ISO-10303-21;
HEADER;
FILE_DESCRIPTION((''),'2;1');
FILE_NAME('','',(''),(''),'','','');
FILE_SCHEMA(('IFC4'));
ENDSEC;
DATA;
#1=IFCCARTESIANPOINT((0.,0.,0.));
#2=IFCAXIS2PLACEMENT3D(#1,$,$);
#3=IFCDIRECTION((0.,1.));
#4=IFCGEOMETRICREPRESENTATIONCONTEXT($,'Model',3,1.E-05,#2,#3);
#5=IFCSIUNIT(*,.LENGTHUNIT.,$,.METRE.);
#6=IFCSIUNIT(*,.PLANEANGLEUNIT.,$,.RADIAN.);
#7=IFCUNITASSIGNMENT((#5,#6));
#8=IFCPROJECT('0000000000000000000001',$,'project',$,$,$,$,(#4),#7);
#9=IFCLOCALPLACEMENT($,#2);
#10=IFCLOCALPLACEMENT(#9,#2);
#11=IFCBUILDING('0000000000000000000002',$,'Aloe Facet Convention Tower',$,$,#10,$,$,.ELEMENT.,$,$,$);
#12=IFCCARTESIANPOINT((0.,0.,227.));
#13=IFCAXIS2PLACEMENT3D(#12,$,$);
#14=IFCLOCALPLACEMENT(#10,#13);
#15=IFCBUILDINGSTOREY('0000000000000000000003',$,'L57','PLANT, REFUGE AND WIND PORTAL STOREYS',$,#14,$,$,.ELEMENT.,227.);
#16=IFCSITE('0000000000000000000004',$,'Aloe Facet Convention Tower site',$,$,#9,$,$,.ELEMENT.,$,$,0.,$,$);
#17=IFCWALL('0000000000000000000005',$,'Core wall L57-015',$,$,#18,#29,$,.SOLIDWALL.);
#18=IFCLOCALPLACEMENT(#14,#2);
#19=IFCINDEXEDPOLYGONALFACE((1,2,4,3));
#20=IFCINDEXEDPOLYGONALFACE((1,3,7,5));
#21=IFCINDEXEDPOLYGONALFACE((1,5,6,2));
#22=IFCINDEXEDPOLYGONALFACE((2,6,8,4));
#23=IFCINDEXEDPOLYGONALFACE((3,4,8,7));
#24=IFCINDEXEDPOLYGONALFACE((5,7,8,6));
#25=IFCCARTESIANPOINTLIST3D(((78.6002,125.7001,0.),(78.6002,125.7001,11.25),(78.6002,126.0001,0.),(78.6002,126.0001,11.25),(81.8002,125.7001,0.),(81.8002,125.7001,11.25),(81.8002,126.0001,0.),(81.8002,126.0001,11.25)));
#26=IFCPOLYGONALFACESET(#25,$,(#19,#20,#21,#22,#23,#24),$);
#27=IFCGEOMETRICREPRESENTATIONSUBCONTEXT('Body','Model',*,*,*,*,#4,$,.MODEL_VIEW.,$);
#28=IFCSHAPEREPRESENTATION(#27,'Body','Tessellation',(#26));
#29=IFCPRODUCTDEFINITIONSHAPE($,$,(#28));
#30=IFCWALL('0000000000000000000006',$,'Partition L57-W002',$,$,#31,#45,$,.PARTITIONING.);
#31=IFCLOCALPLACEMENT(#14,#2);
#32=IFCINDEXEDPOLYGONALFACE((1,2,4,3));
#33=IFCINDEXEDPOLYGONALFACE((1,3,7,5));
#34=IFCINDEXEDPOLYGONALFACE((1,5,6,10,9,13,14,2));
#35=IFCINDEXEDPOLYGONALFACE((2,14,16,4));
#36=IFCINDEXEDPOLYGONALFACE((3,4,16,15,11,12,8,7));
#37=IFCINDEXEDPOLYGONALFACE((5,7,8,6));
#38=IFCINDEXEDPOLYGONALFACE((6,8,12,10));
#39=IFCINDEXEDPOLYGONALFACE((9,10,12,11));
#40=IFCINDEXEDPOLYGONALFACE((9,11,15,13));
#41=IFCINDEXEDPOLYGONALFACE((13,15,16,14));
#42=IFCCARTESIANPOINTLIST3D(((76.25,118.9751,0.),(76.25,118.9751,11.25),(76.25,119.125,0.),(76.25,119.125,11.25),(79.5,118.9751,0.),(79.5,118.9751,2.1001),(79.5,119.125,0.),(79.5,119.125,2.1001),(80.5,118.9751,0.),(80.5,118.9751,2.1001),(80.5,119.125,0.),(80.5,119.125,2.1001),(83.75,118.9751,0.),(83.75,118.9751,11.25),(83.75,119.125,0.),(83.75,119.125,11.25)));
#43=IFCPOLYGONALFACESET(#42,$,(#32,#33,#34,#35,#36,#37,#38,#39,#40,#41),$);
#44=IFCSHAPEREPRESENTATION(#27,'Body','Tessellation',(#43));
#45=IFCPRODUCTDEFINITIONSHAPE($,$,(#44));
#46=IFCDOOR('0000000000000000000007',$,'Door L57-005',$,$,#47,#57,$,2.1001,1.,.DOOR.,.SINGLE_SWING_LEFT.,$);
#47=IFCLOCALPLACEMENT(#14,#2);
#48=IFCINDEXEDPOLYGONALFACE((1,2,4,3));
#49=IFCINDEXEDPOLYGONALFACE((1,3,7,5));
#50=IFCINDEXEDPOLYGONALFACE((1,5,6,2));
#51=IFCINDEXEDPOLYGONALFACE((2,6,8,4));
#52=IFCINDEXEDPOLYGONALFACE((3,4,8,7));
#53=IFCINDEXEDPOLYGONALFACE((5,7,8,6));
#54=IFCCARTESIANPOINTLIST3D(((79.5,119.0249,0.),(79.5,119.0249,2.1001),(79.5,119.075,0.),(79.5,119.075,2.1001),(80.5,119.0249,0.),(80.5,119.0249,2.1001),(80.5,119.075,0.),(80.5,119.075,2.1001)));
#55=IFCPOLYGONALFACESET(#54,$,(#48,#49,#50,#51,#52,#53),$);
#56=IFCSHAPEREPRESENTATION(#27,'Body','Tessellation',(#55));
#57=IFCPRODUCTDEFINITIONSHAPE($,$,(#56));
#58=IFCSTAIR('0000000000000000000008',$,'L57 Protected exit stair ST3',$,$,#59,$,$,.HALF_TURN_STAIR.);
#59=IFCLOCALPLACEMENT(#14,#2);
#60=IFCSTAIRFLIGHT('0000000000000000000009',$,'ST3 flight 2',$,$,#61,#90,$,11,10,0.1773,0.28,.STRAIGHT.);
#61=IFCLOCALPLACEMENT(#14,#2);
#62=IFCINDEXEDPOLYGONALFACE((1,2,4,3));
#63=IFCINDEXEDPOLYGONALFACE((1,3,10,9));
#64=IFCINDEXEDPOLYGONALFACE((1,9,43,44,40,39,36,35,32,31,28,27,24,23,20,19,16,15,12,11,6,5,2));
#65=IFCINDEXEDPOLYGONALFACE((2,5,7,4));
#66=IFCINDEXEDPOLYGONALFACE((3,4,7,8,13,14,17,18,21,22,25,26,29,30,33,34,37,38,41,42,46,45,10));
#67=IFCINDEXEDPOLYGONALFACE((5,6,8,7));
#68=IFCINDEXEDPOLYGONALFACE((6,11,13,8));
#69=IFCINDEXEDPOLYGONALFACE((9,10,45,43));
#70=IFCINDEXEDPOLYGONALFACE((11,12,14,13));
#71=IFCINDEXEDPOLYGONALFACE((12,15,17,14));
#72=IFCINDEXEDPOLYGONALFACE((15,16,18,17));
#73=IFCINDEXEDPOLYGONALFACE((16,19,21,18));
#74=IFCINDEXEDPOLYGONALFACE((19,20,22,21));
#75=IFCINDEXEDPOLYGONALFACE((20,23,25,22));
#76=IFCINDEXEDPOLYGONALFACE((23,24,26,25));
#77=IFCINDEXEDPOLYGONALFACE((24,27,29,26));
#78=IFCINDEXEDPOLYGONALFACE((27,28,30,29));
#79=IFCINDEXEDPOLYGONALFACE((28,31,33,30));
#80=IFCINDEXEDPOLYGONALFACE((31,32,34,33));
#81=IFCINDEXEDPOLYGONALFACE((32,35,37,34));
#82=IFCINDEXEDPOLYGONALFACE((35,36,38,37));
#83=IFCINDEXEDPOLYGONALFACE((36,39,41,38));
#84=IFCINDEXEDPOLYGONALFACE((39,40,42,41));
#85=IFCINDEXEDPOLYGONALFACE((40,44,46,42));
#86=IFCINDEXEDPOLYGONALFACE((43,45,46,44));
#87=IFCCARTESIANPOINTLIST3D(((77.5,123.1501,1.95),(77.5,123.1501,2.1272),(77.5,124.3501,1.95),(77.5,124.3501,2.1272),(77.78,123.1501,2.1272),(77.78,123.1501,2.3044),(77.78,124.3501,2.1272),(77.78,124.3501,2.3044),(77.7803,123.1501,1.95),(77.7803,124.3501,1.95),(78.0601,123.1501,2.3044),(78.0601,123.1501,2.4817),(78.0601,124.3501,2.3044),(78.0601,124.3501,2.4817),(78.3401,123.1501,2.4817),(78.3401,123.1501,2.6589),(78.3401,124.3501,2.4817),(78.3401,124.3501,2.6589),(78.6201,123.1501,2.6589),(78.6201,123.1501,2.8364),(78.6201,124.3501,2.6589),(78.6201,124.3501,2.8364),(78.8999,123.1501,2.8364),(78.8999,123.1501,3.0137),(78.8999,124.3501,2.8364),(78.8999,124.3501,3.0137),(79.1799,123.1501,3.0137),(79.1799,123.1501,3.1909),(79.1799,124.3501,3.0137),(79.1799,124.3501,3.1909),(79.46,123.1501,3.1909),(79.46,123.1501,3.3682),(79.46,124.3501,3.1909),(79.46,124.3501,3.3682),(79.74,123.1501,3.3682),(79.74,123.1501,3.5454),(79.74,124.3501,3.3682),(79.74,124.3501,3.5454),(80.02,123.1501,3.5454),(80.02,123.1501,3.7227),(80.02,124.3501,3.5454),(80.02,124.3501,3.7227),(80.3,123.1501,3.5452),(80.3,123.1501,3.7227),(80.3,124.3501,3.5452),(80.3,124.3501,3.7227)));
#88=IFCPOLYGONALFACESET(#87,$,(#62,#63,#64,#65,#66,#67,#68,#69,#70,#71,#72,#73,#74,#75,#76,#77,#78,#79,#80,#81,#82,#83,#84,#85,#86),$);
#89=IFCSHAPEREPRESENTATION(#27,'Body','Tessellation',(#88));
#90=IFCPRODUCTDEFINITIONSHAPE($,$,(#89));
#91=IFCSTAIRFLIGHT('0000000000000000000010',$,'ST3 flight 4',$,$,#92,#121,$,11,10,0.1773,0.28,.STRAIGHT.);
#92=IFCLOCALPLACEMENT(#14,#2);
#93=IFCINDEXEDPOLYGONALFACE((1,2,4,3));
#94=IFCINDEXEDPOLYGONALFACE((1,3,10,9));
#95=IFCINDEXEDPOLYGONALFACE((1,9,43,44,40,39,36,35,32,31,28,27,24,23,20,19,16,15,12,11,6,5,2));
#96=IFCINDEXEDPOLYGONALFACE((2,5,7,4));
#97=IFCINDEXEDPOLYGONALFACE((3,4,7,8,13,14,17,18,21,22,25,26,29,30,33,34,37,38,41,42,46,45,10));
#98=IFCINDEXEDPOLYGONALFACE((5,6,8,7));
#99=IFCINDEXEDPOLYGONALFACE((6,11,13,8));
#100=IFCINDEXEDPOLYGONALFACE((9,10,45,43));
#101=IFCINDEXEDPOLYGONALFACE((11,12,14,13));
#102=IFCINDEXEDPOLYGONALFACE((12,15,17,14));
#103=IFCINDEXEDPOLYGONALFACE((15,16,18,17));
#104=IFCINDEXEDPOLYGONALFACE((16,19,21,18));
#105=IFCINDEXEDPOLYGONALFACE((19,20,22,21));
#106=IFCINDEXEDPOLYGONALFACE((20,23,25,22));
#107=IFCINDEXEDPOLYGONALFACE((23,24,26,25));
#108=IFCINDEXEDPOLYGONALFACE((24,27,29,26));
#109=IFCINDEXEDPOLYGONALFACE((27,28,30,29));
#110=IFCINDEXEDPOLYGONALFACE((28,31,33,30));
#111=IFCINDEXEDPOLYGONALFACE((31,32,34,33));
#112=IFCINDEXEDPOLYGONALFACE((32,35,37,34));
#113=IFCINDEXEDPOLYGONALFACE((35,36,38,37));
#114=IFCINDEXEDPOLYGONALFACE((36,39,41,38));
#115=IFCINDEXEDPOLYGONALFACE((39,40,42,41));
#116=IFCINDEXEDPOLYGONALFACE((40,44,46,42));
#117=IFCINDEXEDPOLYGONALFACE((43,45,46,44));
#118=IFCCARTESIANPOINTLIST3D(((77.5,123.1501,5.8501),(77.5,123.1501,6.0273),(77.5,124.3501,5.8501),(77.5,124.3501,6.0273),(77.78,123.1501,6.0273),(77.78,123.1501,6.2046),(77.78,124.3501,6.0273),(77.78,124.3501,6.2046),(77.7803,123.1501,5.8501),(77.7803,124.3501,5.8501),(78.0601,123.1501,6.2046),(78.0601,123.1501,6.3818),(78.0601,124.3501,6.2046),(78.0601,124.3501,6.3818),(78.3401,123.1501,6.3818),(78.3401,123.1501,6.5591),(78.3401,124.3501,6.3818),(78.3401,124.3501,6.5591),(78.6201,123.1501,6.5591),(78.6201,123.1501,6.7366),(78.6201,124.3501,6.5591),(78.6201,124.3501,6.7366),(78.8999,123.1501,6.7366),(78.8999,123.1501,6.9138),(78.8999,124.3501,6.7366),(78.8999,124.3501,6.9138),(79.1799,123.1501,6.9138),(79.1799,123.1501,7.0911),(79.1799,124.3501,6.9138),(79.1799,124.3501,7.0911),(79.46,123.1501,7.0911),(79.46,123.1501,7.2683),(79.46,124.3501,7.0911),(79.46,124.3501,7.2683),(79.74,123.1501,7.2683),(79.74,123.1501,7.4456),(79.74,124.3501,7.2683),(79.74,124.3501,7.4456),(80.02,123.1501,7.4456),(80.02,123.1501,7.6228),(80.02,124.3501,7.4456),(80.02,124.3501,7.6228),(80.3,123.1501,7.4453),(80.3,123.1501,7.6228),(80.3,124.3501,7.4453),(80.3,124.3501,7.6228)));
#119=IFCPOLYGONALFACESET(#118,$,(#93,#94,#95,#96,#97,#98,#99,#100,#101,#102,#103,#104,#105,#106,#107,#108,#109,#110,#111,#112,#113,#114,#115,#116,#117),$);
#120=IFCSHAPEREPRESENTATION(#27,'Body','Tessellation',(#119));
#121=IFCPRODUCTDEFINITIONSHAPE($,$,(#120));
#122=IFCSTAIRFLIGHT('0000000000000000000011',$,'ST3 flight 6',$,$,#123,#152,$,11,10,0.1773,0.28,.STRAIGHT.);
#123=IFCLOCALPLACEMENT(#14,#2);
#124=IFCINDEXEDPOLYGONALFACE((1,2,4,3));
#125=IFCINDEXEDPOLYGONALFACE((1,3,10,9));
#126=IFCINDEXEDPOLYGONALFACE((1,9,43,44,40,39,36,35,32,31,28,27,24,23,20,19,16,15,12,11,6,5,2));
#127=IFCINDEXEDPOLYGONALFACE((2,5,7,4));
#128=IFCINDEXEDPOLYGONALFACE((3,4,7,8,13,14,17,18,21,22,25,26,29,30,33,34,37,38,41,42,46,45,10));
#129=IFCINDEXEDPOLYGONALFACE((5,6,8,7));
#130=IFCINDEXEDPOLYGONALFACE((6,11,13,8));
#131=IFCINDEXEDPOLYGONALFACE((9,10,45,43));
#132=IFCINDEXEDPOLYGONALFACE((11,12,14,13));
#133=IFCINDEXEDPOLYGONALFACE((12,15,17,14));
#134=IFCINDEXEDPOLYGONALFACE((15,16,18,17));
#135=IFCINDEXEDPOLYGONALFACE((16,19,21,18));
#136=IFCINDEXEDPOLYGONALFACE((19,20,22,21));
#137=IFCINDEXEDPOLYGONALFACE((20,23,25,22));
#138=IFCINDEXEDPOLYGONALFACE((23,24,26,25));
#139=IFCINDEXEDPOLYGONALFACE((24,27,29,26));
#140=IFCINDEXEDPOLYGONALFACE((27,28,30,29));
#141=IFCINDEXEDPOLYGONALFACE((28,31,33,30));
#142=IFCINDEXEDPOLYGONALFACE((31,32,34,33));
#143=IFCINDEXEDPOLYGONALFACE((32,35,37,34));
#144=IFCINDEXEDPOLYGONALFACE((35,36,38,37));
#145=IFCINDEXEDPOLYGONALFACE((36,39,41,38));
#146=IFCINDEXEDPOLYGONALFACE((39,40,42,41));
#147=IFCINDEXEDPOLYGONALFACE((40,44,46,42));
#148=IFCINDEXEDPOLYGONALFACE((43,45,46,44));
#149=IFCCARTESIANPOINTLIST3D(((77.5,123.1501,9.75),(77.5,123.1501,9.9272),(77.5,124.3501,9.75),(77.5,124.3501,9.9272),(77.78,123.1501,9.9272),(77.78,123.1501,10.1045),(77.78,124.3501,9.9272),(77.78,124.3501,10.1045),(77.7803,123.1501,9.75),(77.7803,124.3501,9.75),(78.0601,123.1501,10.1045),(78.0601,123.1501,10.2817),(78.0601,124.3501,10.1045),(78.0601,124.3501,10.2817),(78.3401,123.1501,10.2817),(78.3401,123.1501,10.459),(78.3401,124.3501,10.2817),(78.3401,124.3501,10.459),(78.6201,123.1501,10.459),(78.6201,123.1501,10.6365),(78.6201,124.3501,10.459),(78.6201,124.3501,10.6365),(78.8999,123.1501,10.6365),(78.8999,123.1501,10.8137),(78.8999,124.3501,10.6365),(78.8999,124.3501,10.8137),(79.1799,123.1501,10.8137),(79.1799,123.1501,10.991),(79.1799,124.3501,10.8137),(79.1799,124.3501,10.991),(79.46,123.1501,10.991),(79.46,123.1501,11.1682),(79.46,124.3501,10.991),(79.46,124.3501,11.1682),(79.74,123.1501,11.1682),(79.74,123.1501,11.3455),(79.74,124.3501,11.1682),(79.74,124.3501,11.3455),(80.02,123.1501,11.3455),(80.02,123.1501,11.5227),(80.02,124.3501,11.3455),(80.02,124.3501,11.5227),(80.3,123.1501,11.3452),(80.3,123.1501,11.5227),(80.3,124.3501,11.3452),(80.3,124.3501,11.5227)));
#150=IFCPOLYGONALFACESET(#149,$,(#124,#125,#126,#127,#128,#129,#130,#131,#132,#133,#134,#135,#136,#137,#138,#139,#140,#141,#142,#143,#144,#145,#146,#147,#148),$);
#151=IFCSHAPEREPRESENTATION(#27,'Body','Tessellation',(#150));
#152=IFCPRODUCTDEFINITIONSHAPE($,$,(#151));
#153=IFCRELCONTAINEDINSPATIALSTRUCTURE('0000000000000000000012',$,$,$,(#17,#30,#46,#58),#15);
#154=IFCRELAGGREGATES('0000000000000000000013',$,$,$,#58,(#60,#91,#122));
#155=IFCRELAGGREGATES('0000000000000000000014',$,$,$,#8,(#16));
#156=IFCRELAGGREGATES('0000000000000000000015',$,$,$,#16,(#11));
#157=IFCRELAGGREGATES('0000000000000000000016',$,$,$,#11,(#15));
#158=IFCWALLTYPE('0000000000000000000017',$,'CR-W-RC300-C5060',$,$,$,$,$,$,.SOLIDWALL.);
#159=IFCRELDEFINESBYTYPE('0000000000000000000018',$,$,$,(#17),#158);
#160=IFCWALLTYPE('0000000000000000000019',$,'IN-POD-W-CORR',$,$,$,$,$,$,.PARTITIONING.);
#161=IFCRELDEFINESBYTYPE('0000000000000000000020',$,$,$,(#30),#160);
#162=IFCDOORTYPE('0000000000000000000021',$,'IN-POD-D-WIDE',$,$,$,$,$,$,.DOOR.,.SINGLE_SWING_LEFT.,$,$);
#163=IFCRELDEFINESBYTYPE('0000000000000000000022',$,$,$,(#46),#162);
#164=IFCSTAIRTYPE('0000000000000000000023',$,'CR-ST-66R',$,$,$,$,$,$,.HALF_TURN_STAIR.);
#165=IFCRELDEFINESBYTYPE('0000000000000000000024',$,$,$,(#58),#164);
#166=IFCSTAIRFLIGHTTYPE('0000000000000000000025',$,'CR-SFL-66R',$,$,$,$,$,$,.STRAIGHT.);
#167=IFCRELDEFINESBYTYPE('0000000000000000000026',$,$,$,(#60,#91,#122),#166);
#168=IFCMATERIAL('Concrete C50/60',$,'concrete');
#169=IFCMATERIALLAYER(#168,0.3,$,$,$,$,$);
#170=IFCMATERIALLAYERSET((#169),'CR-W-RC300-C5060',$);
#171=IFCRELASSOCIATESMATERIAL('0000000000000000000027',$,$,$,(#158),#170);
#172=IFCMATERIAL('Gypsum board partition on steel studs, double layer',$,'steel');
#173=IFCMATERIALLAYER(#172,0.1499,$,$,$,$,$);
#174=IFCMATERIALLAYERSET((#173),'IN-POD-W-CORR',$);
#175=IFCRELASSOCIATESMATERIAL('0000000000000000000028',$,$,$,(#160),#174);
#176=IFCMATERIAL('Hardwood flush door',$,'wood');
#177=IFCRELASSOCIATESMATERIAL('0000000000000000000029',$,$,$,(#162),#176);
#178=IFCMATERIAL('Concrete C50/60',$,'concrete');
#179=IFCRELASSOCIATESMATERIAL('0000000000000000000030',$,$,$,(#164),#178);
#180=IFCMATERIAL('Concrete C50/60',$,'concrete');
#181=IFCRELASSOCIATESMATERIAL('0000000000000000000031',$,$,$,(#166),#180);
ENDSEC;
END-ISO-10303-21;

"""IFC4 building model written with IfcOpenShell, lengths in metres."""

from ifc_helpers import new_model, si_unit, direction, frame, frame_2d, origin, place, context, subcontext, project, spatial, polyline, rectangle, outline, extrude, material, layer, layer_set, type_object, element, fill, aggregate, save


model = new_model("IFC4")

# Units and contexts
model_context = context("Model", 3, precision=1e-05, world=origin(), true_north=direction((0.0, 1.0)))
body_context = subcontext(model_context, "Body", "Model", "MODEL_VIEW")
ifc_project = project(units=[si_unit("LENGTHUNIT", "METRE"), si_unit("PLANEANGLEUNIT", "RADIAN")], contexts=[model_context])

# Site, building, storey
site_placement = place(None, origin())
site = spatial("IfcSite", under=ifc_project, at=site_placement, Name="Aloe Facet Convention Tower site", CompositionType="ELEMENT", RefElevation=0.0)
building_placement = place(site_placement, origin())
building = spatial("IfcBuilding", under=site, at=building_placement, Name="Aloe Facet Convention Tower", CompositionType="ELEMENT")
storey_placement = place(building_placement, frame((0.0, 0.0, 227.0)))
storey = spatial("IfcBuildingStorey", under=building, at=storey_placement, Name="L57", Description="PLANT, REFUGE AND WIND PORTAL STOREYS", CompositionType="ELEMENT", Elevation=227.0)

# Wall
ifc_material_1 = material(Name="Concrete C50/60", Category="concrete")
ifc_layer_1 = layer(ifc_material_1, 0.3)
ifc_layer_set_1 = layer_set([ifc_layer_1], Name="CR-W-RC300-C5060")
wall_type_1 = type_object("IfcWallType", Name="CR-W-RC300-C5060", PredefinedType="SOLIDWALL", material=ifc_layer_set_1)
wall_1_placement = place(storey_placement, frame((78.6001, 125.8501, 0.0), z_axis=(0.0, 0.0, 1.0), x_axis=(1.0, 0.0, 0.0)))
element("IfcWall", 1, at=wall_1_placement, inside=storey, type_object=wall_type_1, Name="Core wall L57-015", PredefinedType="SOLIDWALL", context=body_context, shape_type="SweptSolid", body=[
    extrude(rectangle(XDim=3.2, YDim=0.3, at=frame_2d((1.6001, 0.0))), origin(), (0.0, 0.0, 1.0), 11.25),
])

# Wall, opening, door
ifc_material_2 = material(Name="Gypsum board partition on steel studs, double layer", Category="steel")
ifc_layer_2 = layer(ifc_material_2, 0.1499)
ifc_layer_set_2 = layer_set([ifc_layer_2], Name="IN-POD-W-CORR")
wall_type_2 = type_object("IfcWallType", Name="IN-POD-W-CORR", PredefinedType="PARTITIONING", material=ifc_layer_set_2)
wall_2_placement = place(storey_placement, frame((76.25, 119.05, 0.0), z_axis=(0.0, 0.0, 1.0), x_axis=(1.0, 0.0, 0.0)))
wall_2 = element("IfcWall", 2, at=wall_2_placement, inside=storey, type_object=wall_type_2, Name="Partition L57-W002", PredefinedType="PARTITIONING", context=body_context, shape_type="SweptSolid", body=[
    extrude(rectangle(XDim=7.5, YDim=0.1499, at=frame_2d((3.75, 0.0))), origin(), (0.0, 0.0, 1.0), 11.25),
])
opening_placement = place(wall_2_placement, frame((3.25, 0.0, 0.0)))
opening = element("IfcOpeningElement", 3, at=opening_placement, cuts=wall_2, PredefinedType="OPENING", context=body_context, shape_type="SweptSolid", body=[
    extrude(rectangle(XDim=1.0, YDim=2.1001, at=frame_2d((0.5, 1.05))), frame((0.0, 0.085, 0.0), z_axis=(0.0, -1.0, 0.0), x_axis=(1.0, 0.0, 0.0)), (0.0, 0.0, 1.0), 0.1699),
])
ifc_material_3 = material(Name="Hardwood flush door", Category="wood")
door_type = type_object("IfcDoorType", Name="IN-POD-D-WIDE", OperationType="SINGLE_SWING_LEFT", PredefinedType="DOOR", material=ifc_material_3)
door_placement = place(opening_placement, origin())
door = element("IfcDoor", 4, at=door_placement, inside=storey, type_object=door_type, Name="Door L57-005", OperationType="SINGLE_SWING_LEFT", OverallHeight=2.1001, OverallWidth=1.0, PredefinedType="DOOR", context=body_context, shape_type="SweptSolid", body=[
    extrude(rectangle(XDim=1.0, YDim=2.1001, at=frame_2d((0.5, 1.05))), frame((0.0, 0.0249, 0.0), z_axis=(0.0, -1.0, 0.0), x_axis=(1.0, 0.0, 0.0)), (0.0, 0.0, 1.0), 0.05),
])
fill(opening, door)

# Stair, stair flights
ifc_material_4 = material(Name="Concrete C50/60", Category="concrete")
stair_type = type_object("IfcStairType", Name="CR-ST-66R", PredefinedType="HALF_TURN_STAIR", material=ifc_material_4)
stair_placement = place(storey_placement, origin())
stair = element("IfcStair", 5, at=stair_placement, inside=storey, type_object=stair_type, Name="L57 Protected exit stair ST3", PredefinedType="HALF_TURN_STAIR")
ifc_material_5 = material(Name="Concrete C50/60", Category="concrete")
stair_flight_type = type_object("IfcStairFlightType", Name="CR-SFL-66R", PredefinedType="STRAIGHT", material=ifc_material_5)
stair_flight_1_placement = place(storey_placement, frame((77.5, 123.75, 1.95), z_axis=(0.0, 0.0, 1.0), x_axis=(1.0, 0.0, 0.0)))
stair_flight_1 = element("IfcStairFlight", 6, at=stair_flight_1_placement, type_object=stair_flight_type, Name="ST3 flight 2", NumberOfRisers=11, NumberOfTreads=10, PredefinedType="STRAIGHT", RiserHeight=0.1773, TreadLength=0.28, context=body_context, shape_type="SweptSolid", body=[
    extrude(outline(polyline([(0.0, 0.0), (0.0, 0.1772), (0.28, 0.1772), (0.28, 0.3545), (0.5601, 0.3545), (0.5601, 0.5317), (0.8401, 0.5317), (0.8401, 0.709), (1.1201, 0.709), (1.1201, 0.8865), (1.3999, 0.8865), (1.3999, 1.0637), (1.6799, 1.0637), (1.6799, 1.241), (1.96, 1.241), (1.96, 1.4182), (2.24, 1.4182), (2.24, 1.5955), (2.52, 1.5955), (2.52, 1.7727), (2.8, 1.7727), (2.8, 1.95), (2.8, 1.5952), (0.2803, 0.0), (0.0, 0.0)])), frame((0.0, 0.6001, 0.0), z_axis=(0.0, -1.0, 0.0), x_axis=(1.0, 0.0, 0.0)), (0.0, 0.0, 1.0), 1.2),
])
stair_flight_2_placement = place(storey_placement, frame((77.5, 123.75, 5.8501), z_axis=(0.0, 0.0, 1.0), x_axis=(1.0, 0.0, 0.0)))
stair_flight_2 = element("IfcStairFlight", 7, at=stair_flight_2_placement, type_object=stair_flight_type, Name="ST3 flight 4", NumberOfRisers=11, NumberOfTreads=10, PredefinedType="STRAIGHT", RiserHeight=0.1773, TreadLength=0.28, context=body_context, shape_type="SweptSolid", body=[
    extrude(outline(polyline([(0.0, 0.0), (0.0, 0.1772), (0.28, 0.1772), (0.28, 0.3545), (0.5601, 0.3545), (0.5601, 0.5317), (0.8401, 0.5317), (0.8401, 0.709), (1.1201, 0.709), (1.1201, 0.8865), (1.3999, 0.8865), (1.3999, 1.0637), (1.6799, 1.0637), (1.6799, 1.241), (1.96, 1.241), (1.96, 1.4182), (2.24, 1.4182), (2.24, 1.5955), (2.52, 1.5955), (2.52, 1.7727), (2.8, 1.7727), (2.8, 1.95), (2.8, 1.5952), (0.2803, 0.0), (0.0, 0.0)])), frame((0.0, 0.6001, 0.0), z_axis=(0.0, -1.0, 0.0), x_axis=(1.0, 0.0, 0.0)), (0.0, 0.0, 1.0), 1.2),
])
stair_flight_3_placement = place(storey_placement, frame((77.5, 123.75, 9.75), z_axis=(0.0, 0.0, 1.0), x_axis=(1.0, 0.0, 0.0)))
stair_flight_3 = element("IfcStairFlight", 8, at=stair_flight_3_placement, type_object=stair_flight_type, Name="ST3 flight 6", NumberOfRisers=11, NumberOfTreads=10, PredefinedType="STRAIGHT", RiserHeight=0.1773, TreadLength=0.28, context=body_context, shape_type="SweptSolid", body=[
    extrude(outline(polyline([(0.0, 0.0), (0.0, 0.1772), (0.28, 0.1772), (0.28, 0.3545), (0.5601, 0.3545), (0.5601, 0.5317), (0.8401, 0.5317), (0.8401, 0.709), (1.1201, 0.709), (1.1201, 0.8865), (1.3999, 0.8865), (1.3999, 1.0637), (1.6799, 1.0637), (1.6799, 1.241), (1.96, 1.241), (1.96, 1.4182), (2.24, 1.4182), (2.24, 1.5955), (2.52, 1.5955), (2.52, 1.7727), (2.8, 1.7727), (2.8, 1.95), (2.8, 1.5952), (0.2803, 0.0), (0.0, 0.0)])), frame((0.0, 0.6001, 0.0), z_axis=(0.0, -1.0, 0.0), x_axis=(1.0, 0.0, 0.0)), (0.0, 0.0, 1.0), 1.2),
])
aggregate(stair, [stair_flight_1, stair_flight_2, stair_flight_3])

save(model, "model.ifc")
